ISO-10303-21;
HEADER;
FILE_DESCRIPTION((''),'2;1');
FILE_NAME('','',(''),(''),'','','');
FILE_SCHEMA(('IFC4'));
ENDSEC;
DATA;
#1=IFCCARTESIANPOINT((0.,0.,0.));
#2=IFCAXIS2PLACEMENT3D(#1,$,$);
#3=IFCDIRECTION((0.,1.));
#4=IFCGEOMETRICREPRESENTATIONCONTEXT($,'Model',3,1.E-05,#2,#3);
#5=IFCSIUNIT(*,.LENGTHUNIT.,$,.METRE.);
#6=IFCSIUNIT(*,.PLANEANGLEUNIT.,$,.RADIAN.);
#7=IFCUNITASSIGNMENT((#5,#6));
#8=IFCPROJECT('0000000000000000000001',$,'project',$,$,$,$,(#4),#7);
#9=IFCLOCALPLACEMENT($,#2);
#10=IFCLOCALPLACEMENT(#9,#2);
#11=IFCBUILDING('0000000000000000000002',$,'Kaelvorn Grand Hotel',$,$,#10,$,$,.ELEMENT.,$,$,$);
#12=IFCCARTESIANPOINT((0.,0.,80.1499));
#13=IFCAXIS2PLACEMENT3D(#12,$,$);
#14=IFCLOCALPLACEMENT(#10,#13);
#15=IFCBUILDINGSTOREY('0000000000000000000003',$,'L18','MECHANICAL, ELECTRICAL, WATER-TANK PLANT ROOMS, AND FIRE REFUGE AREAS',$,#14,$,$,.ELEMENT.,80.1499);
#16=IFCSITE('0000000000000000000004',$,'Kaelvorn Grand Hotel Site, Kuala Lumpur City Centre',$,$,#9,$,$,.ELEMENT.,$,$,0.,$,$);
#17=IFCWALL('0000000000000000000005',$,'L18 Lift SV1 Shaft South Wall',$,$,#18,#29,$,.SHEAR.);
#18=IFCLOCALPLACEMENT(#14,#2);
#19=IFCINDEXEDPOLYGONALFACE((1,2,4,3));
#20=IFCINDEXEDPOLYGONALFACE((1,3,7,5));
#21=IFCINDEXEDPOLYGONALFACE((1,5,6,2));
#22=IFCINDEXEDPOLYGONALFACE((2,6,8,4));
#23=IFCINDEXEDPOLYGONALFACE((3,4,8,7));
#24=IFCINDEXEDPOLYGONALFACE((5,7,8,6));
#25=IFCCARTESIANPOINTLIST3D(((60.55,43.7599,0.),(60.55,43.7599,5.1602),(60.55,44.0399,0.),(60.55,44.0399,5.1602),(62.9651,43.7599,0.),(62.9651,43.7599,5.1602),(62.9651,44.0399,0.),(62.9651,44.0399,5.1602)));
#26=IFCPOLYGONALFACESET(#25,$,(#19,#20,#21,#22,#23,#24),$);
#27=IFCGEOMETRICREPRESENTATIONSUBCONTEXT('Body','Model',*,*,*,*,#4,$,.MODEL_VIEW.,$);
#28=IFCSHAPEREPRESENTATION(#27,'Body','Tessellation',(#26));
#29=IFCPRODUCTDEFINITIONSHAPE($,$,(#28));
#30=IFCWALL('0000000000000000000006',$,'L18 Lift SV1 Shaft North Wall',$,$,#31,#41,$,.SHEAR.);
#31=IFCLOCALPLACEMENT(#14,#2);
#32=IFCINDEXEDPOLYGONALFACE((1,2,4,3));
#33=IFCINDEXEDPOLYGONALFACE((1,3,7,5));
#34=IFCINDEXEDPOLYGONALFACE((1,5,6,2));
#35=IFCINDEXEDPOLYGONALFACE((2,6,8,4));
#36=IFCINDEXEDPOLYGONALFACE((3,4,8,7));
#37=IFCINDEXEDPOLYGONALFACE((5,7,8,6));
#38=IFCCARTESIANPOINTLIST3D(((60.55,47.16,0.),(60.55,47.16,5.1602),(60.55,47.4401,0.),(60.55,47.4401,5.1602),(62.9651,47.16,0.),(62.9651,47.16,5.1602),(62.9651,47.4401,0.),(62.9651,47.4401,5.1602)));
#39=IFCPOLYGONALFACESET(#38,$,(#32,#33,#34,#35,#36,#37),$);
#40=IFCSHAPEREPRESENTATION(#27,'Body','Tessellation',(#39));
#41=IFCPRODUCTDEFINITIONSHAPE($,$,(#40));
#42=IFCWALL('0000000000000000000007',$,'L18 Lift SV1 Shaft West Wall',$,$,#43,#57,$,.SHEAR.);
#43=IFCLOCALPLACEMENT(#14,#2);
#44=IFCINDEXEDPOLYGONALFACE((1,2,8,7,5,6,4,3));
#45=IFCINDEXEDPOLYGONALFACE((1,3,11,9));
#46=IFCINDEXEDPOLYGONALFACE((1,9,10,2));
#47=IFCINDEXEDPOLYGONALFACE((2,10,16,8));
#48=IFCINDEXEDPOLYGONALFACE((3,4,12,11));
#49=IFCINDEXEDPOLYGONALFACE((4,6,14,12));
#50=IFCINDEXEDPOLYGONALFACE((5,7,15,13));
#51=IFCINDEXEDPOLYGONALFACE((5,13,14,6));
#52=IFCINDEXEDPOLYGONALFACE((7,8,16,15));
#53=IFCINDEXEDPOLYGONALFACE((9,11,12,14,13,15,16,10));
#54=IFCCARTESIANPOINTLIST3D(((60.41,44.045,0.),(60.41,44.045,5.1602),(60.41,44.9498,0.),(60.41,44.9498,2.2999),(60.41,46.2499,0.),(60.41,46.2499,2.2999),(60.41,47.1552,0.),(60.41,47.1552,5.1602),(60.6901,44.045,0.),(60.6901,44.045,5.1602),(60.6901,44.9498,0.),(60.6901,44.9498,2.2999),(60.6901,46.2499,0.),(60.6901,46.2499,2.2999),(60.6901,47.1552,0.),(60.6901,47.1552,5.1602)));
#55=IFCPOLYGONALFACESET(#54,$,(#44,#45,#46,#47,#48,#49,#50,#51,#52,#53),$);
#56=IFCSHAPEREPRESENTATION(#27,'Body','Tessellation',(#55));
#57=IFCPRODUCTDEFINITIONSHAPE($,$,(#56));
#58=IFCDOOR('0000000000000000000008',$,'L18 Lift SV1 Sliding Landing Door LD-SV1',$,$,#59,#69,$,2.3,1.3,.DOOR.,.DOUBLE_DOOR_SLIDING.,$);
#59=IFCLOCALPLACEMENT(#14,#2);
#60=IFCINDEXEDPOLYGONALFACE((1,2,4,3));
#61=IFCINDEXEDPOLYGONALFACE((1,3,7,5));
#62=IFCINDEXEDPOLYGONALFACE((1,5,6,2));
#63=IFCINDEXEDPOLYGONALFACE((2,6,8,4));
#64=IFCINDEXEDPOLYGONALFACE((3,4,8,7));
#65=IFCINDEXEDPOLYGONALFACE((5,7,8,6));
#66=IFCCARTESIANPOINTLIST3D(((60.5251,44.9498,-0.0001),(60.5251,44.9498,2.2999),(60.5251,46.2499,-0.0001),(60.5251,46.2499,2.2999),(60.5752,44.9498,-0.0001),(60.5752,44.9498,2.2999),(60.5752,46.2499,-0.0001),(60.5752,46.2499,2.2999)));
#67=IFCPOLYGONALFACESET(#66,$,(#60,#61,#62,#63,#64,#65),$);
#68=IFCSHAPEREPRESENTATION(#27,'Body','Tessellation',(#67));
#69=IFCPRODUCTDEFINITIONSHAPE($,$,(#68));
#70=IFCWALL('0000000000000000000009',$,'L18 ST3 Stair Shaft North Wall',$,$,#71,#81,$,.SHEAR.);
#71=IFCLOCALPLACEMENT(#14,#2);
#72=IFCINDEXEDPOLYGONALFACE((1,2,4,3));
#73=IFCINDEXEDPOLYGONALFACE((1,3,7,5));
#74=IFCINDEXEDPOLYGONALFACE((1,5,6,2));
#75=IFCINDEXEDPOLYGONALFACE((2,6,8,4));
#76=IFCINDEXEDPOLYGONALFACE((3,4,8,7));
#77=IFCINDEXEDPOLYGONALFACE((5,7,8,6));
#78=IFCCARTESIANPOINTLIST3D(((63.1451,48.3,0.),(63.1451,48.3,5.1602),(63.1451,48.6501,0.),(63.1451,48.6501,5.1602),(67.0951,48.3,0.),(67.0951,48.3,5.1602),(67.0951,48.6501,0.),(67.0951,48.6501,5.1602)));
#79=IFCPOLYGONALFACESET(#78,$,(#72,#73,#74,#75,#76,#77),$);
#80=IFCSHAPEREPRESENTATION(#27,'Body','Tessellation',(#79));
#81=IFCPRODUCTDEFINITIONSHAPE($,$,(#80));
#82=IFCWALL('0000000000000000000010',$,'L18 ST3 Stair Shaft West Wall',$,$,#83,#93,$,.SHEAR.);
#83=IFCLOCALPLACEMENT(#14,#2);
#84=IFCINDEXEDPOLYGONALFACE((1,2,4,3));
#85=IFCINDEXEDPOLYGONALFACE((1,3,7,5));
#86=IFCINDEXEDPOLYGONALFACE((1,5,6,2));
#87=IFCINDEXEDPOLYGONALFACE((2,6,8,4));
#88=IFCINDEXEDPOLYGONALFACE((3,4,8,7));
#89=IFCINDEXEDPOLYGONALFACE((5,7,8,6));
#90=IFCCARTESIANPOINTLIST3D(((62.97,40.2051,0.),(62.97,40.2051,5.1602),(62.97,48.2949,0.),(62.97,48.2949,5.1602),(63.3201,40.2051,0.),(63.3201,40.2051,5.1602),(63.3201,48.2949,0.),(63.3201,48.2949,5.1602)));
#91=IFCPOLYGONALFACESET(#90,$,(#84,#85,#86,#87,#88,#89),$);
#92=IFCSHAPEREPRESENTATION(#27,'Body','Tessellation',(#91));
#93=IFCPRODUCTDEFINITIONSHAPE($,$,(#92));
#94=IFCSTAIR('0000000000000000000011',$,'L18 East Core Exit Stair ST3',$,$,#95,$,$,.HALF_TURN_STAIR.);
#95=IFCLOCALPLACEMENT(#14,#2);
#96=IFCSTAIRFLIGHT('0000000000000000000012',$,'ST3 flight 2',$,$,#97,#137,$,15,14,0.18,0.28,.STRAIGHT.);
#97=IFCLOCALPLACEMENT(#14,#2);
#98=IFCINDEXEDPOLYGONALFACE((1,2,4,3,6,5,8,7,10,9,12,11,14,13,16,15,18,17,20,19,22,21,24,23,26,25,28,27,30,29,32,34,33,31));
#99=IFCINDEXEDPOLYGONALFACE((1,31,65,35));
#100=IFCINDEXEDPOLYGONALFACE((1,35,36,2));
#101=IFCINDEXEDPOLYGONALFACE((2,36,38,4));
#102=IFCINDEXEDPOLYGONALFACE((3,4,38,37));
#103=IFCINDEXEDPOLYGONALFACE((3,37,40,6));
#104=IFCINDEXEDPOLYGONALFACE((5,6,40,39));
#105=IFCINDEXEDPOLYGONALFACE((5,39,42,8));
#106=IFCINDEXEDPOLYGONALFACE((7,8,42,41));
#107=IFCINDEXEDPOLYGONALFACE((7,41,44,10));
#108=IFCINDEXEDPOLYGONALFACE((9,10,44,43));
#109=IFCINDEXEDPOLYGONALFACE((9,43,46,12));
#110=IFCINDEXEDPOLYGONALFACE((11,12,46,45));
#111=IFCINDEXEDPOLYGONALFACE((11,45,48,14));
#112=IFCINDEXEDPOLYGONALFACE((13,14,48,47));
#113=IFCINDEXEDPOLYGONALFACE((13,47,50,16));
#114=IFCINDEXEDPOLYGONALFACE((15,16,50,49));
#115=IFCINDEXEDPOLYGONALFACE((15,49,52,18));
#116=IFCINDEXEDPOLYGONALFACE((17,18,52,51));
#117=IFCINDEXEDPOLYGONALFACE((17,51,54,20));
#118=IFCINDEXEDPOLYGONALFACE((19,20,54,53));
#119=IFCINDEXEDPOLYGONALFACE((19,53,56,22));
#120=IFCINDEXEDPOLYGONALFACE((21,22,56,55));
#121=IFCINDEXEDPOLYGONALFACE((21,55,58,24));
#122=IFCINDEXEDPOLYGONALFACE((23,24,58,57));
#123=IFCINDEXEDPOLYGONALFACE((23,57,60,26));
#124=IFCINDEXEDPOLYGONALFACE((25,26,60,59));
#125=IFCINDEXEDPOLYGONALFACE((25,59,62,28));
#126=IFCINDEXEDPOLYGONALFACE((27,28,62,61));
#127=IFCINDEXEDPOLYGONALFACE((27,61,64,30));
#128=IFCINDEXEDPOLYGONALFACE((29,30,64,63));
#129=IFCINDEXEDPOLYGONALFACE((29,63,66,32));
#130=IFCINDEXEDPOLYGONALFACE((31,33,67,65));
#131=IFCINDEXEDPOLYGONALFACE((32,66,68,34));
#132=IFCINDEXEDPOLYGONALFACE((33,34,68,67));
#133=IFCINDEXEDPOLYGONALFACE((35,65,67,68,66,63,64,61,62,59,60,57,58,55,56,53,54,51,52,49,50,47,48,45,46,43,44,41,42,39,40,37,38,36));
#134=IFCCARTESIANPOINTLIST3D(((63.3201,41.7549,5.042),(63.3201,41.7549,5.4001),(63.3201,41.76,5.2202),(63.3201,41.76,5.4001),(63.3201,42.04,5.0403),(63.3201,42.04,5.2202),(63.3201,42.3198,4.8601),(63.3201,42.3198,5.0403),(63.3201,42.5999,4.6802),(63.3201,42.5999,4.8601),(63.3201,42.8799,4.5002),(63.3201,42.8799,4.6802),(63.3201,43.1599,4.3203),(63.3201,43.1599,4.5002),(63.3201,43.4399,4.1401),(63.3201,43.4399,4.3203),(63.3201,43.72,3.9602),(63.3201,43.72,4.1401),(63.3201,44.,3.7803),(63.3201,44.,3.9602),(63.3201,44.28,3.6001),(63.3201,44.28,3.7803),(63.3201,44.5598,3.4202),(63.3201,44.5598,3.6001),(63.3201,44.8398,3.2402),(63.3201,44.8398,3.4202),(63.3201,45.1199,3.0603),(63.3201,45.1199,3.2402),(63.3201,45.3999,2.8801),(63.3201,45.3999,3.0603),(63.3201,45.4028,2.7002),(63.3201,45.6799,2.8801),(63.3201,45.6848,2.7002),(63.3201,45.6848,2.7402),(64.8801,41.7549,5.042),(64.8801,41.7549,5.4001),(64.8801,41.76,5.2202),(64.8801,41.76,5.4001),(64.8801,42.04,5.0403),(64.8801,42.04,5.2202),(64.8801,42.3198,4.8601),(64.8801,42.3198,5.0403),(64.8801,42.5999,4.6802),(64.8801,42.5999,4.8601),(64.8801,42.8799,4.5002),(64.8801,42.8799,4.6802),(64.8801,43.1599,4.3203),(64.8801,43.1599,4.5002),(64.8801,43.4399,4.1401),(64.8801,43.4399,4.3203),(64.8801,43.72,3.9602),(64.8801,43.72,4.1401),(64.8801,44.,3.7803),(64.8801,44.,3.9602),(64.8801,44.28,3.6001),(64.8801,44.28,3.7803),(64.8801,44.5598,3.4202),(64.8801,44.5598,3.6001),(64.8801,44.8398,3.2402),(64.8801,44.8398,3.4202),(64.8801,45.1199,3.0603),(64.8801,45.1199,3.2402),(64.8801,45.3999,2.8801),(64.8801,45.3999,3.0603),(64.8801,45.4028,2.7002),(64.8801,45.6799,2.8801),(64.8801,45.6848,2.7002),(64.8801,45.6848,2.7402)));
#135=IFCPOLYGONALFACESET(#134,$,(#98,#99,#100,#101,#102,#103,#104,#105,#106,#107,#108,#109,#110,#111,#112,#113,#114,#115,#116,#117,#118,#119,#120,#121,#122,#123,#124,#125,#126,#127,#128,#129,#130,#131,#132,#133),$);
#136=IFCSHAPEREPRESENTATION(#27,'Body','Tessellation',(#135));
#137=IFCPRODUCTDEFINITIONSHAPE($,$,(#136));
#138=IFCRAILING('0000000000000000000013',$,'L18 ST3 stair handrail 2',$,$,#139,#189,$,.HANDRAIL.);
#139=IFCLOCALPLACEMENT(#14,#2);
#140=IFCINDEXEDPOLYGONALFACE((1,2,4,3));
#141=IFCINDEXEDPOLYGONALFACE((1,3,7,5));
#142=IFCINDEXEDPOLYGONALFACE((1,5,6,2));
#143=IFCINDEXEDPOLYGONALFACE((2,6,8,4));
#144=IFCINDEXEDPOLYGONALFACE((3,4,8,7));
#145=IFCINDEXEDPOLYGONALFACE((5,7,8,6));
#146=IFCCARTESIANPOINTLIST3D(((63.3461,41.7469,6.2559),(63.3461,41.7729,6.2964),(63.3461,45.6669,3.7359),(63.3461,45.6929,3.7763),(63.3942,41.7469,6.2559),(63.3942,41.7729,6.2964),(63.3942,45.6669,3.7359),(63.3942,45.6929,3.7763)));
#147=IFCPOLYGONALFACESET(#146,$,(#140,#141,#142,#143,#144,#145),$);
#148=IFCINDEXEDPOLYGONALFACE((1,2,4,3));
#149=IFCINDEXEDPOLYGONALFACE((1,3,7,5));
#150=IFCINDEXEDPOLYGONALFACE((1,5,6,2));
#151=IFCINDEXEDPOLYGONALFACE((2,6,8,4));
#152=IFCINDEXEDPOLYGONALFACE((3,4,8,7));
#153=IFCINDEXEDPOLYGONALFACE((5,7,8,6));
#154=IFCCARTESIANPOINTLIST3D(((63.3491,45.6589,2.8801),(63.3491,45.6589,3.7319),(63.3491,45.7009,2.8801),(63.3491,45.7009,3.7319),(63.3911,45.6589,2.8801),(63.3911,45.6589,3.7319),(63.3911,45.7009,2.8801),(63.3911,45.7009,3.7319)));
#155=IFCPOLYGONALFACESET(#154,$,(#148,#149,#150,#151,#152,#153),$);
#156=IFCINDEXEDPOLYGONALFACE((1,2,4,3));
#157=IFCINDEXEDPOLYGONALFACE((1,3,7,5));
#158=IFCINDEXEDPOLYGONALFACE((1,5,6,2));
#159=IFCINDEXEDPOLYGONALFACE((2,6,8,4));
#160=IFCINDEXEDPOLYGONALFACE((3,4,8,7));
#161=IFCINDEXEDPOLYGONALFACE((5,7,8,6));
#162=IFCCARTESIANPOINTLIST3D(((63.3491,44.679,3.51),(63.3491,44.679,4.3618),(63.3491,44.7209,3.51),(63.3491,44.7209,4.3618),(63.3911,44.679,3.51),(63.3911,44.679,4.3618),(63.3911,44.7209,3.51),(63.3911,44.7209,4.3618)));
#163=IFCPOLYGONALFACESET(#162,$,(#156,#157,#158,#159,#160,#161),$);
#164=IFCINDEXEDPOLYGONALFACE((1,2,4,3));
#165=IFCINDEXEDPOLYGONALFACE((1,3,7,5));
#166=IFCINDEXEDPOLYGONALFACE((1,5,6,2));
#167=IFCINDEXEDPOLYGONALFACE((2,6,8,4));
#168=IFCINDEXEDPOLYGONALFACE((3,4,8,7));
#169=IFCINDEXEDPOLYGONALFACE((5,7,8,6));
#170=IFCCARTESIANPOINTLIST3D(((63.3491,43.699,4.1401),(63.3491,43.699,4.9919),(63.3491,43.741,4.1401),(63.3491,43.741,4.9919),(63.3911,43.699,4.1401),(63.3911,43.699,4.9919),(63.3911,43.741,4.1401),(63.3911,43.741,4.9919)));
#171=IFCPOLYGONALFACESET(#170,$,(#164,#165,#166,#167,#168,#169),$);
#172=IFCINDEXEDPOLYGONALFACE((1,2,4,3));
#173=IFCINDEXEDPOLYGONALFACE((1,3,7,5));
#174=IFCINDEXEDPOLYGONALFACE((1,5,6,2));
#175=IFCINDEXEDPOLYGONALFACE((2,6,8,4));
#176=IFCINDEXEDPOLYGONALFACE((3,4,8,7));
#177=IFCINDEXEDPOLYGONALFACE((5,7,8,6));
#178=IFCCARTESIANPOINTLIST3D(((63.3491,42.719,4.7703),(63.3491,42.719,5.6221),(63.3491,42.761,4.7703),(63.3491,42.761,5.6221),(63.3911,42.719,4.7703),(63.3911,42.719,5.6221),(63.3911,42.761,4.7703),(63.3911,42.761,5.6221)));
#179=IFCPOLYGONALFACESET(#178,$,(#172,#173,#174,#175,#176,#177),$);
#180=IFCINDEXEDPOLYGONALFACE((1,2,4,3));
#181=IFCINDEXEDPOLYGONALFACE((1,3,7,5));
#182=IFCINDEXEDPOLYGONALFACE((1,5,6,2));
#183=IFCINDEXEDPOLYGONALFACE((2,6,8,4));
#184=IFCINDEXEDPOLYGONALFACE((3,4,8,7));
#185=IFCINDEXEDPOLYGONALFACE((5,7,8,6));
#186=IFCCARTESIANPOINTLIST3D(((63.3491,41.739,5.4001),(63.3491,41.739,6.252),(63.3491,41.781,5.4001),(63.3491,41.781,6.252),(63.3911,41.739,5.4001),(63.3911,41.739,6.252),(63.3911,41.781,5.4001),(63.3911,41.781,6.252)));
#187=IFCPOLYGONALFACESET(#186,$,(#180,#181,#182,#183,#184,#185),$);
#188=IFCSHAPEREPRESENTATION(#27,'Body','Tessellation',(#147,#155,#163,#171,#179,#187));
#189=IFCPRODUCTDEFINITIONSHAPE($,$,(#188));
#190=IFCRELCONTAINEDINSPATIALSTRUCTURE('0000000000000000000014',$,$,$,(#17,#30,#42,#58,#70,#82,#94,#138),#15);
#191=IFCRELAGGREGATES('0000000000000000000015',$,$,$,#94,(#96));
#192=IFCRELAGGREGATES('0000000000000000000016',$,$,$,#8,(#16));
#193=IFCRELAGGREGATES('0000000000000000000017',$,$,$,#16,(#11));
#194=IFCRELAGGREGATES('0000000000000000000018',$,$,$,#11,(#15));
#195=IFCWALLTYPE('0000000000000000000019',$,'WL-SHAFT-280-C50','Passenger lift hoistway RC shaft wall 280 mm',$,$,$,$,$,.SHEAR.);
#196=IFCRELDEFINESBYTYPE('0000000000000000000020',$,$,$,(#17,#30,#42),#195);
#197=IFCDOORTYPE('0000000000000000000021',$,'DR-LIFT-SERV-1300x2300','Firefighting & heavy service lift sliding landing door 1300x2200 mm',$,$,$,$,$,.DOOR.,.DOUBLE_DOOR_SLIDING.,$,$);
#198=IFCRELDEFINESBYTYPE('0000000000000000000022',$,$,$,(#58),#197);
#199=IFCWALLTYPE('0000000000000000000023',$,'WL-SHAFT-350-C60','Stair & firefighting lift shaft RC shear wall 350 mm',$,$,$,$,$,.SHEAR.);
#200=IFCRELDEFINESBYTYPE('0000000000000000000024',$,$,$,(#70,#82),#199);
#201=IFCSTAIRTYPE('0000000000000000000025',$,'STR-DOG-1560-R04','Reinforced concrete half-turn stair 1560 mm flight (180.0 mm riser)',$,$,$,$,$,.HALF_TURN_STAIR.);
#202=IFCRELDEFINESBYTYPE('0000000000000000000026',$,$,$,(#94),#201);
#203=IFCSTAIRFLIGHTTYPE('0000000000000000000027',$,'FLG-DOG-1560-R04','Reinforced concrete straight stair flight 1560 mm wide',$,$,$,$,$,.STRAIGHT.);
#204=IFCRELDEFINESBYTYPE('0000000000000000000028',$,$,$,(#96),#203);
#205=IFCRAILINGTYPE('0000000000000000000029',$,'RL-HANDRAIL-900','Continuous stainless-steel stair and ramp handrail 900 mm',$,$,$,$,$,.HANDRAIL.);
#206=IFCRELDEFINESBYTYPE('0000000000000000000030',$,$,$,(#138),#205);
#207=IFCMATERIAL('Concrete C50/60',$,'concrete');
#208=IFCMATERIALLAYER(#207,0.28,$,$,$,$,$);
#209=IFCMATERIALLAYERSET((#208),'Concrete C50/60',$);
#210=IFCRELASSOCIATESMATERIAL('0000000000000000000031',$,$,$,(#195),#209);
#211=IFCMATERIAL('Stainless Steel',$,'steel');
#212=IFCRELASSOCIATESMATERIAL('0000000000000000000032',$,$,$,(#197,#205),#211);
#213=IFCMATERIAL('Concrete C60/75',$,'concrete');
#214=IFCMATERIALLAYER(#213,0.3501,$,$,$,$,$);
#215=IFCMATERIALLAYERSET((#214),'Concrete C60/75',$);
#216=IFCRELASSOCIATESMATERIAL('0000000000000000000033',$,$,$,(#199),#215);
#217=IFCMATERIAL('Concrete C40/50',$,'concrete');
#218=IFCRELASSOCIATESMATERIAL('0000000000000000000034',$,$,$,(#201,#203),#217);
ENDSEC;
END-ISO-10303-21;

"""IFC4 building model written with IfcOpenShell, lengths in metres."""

from ifc_helpers import new_model, si_unit, direction, frame, frame_2d, origin, origin_2d, place, context, subcontext, project, spatial, polyline, rectangle, outline, extrude, material, layer, layer_set, type_object, element, fill, aggregate, save


model = new_model("IFC4")

# Units and contexts
model_context = context("Model", 3, precision=1e-05, world=origin(), true_north=direction((0.0, 1.0)))
body_context = subcontext(model_context, "Body", "Model", "MODEL_VIEW")
ifc_project = project(units=[si_unit("LENGTHUNIT", "METRE"), si_unit("PLANEANGLEUNIT", "RADIAN")], contexts=[model_context])

# Site, building, storey
site_placement = place(None, origin())
site = spatial("IfcSite", under=ifc_project, at=site_placement, Name="Kaelvorn Grand Hotel Site, Kuala Lumpur City Centre", CompositionType="ELEMENT", RefElevation=0.0)
building_placement = place(site_placement, origin())
building = spatial("IfcBuilding", under=site, at=building_placement, Name="Kaelvorn Grand Hotel", CompositionType="ELEMENT")
storey_placement = place(building_placement, frame((0.0, 0.0, 80.1499)))
storey = spatial("IfcBuildingStorey", under=building, at=storey_placement, Name="L18", Description="MECHANICAL, ELECTRICAL, WATER-TANK PLANT ROOMS, AND FIRE REFUGE AREAS", CompositionType="ELEMENT", Elevation=80.1499)

# Shared definitions
ifc_material_1 = material(Name="Concrete C60/75", Category="concrete")

# Shared definitions
ifc_material_2 = material(Name="Concrete C40/50", Category="concrete")

# Shared definitions
ifc_material_3 = material(Name="Concrete C50/60", Category="concrete")
ifc_layer_1 = layer(ifc_material_3, 0.28)
ifc_layer_set_1 = layer_set([ifc_layer_1], Name="Concrete C50/60")
wall_type_1 = type_object("IfcWallType", Name="WL-SHAFT-280-C50", Description="Passenger lift hoistway RC shaft wall 280 mm", PredefinedType="SHEAR", material=ifc_layer_set_1)
ifc_material_4 = material(Name="Stainless Steel", Category="steel")
door_type_1 = type_object("IfcDoorType", Name="DR-LIFT-SERV-1300x2300", Description="Firefighting & heavy service lift sliding landing door 1300x2200 mm", OperationType="DOUBLE_DOOR_SLIDING", PredefinedType="DOOR", material=ifc_material_4)

# Walls
for number, where, z_axis, x_axis, name in (
    (1, (60.55, 43.8999, 0.0), (0.0, 0.0, 1.0), (1.0, 0.0, 0.0), "L18 Lift SV1 Shaft South Wall"),
    (2, (60.55, 47.3, 0.0), (0.0, 0.0, 1.0), (1.0, 0.0, 0.0), "L18 Lift SV1 Shaft North Wall"),
):
    element("IfcWall", number, at=place(storey_placement, frame(where, z_axis=z_axis, x_axis=x_axis)), inside=storey, type_object=wall_type_1, Name=name, PredefinedType="SHEAR", context=body_context, shape_type="SweptSolid", body=[
        extrude(rectangle(XDim=2.415, YDim=0.28, at=frame_2d((1.2075, 0.0))), origin(), (0.0, 0.0, 1.0), 5.1602),
    ])

# Wall, opening, door
wall_1_placement = place(storey_placement, frame((60.55, 44.0449, 0.0), z_axis=(0.0, 0.0, 1.0), x_axis=(0.0, 1.0, 0.0)))
wall_1 = element("IfcWall", 3, at=wall_1_placement, inside=storey, type_object=wall_type_1, Name="L18 Lift SV1 Shaft West Wall", PredefinedType="SHEAR", context=body_context, shape_type="SweptSolid", body=[
    extrude(rectangle(XDim=3.1101, YDim=0.28, at=frame_2d((1.5552, 0.0))), origin(), (0.0, 0.0, 1.0), 5.1602),
])
opening_1_placement = place(wall_1_placement, frame((0.905, 0.0, 0.0)))
opening_1 = element("IfcOpeningElement", 4, at=opening_1_placement, cuts=wall_1, PredefinedType="OPENING", context=body_context, shape_type="SweptSolid", body=[
    extrude(rectangle(XDim=1.3, YDim=2.3, at=frame_2d((0.6499, 1.1499))), frame((0.0, 0.1499, 0.0), z_axis=(0.0, -1.0, 0.0), x_axis=(1.0, 0.0, 0.0)), (0.0, 0.0, 1.0), 0.3),
])
door_1_placement = place(opening_1_placement, origin())
door_1 = element("IfcDoor", 5, at=door_1_placement, inside=storey, type_object=door_type_1, Name="L18 Lift SV1 Sliding Landing Door LD-SV1", OperationType="DOUBLE_DOOR_SLIDING", OverallHeight=2.3, OverallWidth=1.3, PredefinedType="DOOR", context=body_context, shape_type="SweptSolid", body=[
    extrude(rectangle(XDim=1.3, YDim=2.3, at=frame_2d((0.6499, 1.1499))), frame((0.0, 0.0249, 0.0), z_axis=(0.0, -1.0, 0.0), x_axis=(1.0, 0.0, 0.0)), (0.0, 0.0, 1.0), 0.05),
])
fill(opening_1, door_1)
ifc_layer_2 = layer(ifc_material_1, 0.3501)
ifc_layer_set_2 = layer_set([ifc_layer_2], Name="Concrete C60/75")
wall_type_2 = type_object("IfcWallType", Name="WL-SHAFT-350-C60", Description="Stair & firefighting lift shaft RC shear wall 350 mm", PredefinedType="SHEAR", material=ifc_layer_set_2)

# Walls
wall_2_placement = place(storey_placement, frame((63.145, 48.4751, 0.0), z_axis=(0.0, 0.0, 1.0), x_axis=(1.0, 0.0, 0.0)))
element("IfcWall", 6, at=wall_2_placement, inside=storey, type_object=wall_type_2, Name="L18 ST3 Stair Shaft North Wall", PredefinedType="SHEAR", context=body_context, shape_type="SweptSolid", body=[
    extrude(rectangle(XDim=3.95, YDim=0.3501, at=frame_2d((1.9751, 0.0))), origin(), (0.0, 0.0, 1.0), 5.1602),
])
wall_3_placement = place(storey_placement, frame((63.145, 40.2051, 0.0), z_axis=(0.0, 0.0, 1.0), x_axis=(0.0, 1.0, 0.0)))
element("IfcWall", 7, at=wall_3_placement, inside=storey, type_object=wall_type_2, Name="L18 ST3 Stair Shaft West Wall", PredefinedType="SHEAR", context=body_context, shape_type="SweptSolid", body=[
    extrude(rectangle(XDim=8.0898, YDim=0.3501, at=frame_2d((4.0449, 0.0))), origin(), (0.0, 0.0, 1.0), 5.1602),
])

# Stair, stair flight
stair_type = type_object("IfcStairType", Name="STR-DOG-1560-R04", Description="Reinforced concrete half-turn stair 1560 mm flight (180.0 mm riser)", PredefinedType="HALF_TURN_STAIR", material=ifc_material_2)
stair_placement = place(storey_placement, origin())
stair = element("IfcStair", 8, at=stair_placement, inside=storey, type_object=stair_type, Name="L18 East Core Exit Stair ST3", PredefinedType="HALF_TURN_STAIR")
stair_flight_type = type_object("IfcStairFlightType", Name="FLG-DOG-1560-R04", Description="Reinforced concrete straight stair flight 1560 mm wide", PredefinedType="STRAIGHT", material=ifc_material_2)
stair_flight_placement = place(storey_placement, frame((64.1001, 45.6799, 2.7002), z_axis=(0.0, 0.0, 1.0), x_axis=(0.0, -1.0, 0.0)))
stair_flight = element("IfcStairFlight", 9, at=stair_flight_placement, type_object=stair_flight_type, Name="ST3 flight 2", NumberOfRisers=15, NumberOfTreads=14, PredefinedType="STRAIGHT", RiserHeight=0.18, TreadLength=0.28, context=body_context, shape_type="SweptSolid", body=[
    extrude(outline(polyline([(-0.0049, 0.0), (-0.0049, 0.04), (0.0, 0.1799), (0.28, 0.1799), (0.28, 0.3601), (0.5601, 0.3601), (0.5601, 0.54), (0.8401, 0.54), (0.8401, 0.72), (1.1201, 0.72), (1.1201, 0.8999), (1.3999, 0.8999), (1.3999, 1.0801), (1.6799, 1.0801), (1.6799, 1.26), (1.96, 1.26), (1.96, 1.4399), (2.24, 1.4399), (2.24, 1.6201), (2.52, 1.6201), (2.52, 1.8), (2.8, 1.8), (2.8, 1.98), (3.0801, 1.98), (3.0801, 2.1599), (3.3601, 2.1599), (3.3601, 2.3401), (3.6399, 2.3401), (3.6399, 2.52), (3.9199, 2.52), (3.9199, 2.7), (3.925, 2.7), (3.925, 2.3418), (0.2771, 0.0), (-0.0049, 0.0)])), frame((0.0, 0.78, 0.0), z_axis=(0.0, -1.0, 0.0), x_axis=(1.0, 0.0, 0.0)), (0.0, 0.0, 1.0), 1.5601),
])
aggregate(stair, [stair_flight])

# Railing
railing_type_1 = type_object("IfcRailingType", Name="RL-HANDRAIL-900", Description="Continuous stainless-steel stair and ramp handrail 900 mm", PredefinedType="HANDRAIL", material=ifc_material_4)
railing_1_placement = place(storey_placement, frame((63.3701, 45.6799, 2.8801)))
element("IfcRailing", 10, at=railing_1_placement, inside=storey, type_object=railing_type_1, Name="L18 ST3 stair handrail 2", PredefinedType="HANDRAIL", context=body_context, shape_type="SweptSolid", body=[
    extrude(rectangle(XDim=0.0481, YDim=0.0481, at=origin_2d()), frame((0.0, 0.0, 0.876), z_axis=(0.0, -0.841172, 0.540768), x_axis=(1.0, 0.0, 0.0)), (0.0, 0.0, 1.0), 4.6602),
    extrude(rectangle(XDim=0.042, YDim=0.042, at=origin_2d()), origin(), (0.0, 0.0, 1.0), 0.8518),
    extrude(rectangle(XDim=0.042, YDim=0.042, at=origin_2d()), frame((0.0, -0.98, 0.6299)), (0.0, 0.0, 1.0), 0.8518),
    extrude(rectangle(XDim=0.042, YDim=0.042, at=origin_2d()), frame((0.0, -1.96, 1.26)), (0.0, 0.0, 1.0), 0.8518),
    extrude(rectangle(XDim=0.042, YDim=0.042, at=origin_2d()), frame((0.0, -2.9399, 1.8901)), (0.0, 0.0, 1.0), 0.8518),
    extrude(rectangle(XDim=0.042, YDim=0.042, at=origin_2d()), frame((0.0, -3.9199, 2.52)), (0.0, 0.0, 1.0), 0.8518),
])

save(model, "model.ifc")
